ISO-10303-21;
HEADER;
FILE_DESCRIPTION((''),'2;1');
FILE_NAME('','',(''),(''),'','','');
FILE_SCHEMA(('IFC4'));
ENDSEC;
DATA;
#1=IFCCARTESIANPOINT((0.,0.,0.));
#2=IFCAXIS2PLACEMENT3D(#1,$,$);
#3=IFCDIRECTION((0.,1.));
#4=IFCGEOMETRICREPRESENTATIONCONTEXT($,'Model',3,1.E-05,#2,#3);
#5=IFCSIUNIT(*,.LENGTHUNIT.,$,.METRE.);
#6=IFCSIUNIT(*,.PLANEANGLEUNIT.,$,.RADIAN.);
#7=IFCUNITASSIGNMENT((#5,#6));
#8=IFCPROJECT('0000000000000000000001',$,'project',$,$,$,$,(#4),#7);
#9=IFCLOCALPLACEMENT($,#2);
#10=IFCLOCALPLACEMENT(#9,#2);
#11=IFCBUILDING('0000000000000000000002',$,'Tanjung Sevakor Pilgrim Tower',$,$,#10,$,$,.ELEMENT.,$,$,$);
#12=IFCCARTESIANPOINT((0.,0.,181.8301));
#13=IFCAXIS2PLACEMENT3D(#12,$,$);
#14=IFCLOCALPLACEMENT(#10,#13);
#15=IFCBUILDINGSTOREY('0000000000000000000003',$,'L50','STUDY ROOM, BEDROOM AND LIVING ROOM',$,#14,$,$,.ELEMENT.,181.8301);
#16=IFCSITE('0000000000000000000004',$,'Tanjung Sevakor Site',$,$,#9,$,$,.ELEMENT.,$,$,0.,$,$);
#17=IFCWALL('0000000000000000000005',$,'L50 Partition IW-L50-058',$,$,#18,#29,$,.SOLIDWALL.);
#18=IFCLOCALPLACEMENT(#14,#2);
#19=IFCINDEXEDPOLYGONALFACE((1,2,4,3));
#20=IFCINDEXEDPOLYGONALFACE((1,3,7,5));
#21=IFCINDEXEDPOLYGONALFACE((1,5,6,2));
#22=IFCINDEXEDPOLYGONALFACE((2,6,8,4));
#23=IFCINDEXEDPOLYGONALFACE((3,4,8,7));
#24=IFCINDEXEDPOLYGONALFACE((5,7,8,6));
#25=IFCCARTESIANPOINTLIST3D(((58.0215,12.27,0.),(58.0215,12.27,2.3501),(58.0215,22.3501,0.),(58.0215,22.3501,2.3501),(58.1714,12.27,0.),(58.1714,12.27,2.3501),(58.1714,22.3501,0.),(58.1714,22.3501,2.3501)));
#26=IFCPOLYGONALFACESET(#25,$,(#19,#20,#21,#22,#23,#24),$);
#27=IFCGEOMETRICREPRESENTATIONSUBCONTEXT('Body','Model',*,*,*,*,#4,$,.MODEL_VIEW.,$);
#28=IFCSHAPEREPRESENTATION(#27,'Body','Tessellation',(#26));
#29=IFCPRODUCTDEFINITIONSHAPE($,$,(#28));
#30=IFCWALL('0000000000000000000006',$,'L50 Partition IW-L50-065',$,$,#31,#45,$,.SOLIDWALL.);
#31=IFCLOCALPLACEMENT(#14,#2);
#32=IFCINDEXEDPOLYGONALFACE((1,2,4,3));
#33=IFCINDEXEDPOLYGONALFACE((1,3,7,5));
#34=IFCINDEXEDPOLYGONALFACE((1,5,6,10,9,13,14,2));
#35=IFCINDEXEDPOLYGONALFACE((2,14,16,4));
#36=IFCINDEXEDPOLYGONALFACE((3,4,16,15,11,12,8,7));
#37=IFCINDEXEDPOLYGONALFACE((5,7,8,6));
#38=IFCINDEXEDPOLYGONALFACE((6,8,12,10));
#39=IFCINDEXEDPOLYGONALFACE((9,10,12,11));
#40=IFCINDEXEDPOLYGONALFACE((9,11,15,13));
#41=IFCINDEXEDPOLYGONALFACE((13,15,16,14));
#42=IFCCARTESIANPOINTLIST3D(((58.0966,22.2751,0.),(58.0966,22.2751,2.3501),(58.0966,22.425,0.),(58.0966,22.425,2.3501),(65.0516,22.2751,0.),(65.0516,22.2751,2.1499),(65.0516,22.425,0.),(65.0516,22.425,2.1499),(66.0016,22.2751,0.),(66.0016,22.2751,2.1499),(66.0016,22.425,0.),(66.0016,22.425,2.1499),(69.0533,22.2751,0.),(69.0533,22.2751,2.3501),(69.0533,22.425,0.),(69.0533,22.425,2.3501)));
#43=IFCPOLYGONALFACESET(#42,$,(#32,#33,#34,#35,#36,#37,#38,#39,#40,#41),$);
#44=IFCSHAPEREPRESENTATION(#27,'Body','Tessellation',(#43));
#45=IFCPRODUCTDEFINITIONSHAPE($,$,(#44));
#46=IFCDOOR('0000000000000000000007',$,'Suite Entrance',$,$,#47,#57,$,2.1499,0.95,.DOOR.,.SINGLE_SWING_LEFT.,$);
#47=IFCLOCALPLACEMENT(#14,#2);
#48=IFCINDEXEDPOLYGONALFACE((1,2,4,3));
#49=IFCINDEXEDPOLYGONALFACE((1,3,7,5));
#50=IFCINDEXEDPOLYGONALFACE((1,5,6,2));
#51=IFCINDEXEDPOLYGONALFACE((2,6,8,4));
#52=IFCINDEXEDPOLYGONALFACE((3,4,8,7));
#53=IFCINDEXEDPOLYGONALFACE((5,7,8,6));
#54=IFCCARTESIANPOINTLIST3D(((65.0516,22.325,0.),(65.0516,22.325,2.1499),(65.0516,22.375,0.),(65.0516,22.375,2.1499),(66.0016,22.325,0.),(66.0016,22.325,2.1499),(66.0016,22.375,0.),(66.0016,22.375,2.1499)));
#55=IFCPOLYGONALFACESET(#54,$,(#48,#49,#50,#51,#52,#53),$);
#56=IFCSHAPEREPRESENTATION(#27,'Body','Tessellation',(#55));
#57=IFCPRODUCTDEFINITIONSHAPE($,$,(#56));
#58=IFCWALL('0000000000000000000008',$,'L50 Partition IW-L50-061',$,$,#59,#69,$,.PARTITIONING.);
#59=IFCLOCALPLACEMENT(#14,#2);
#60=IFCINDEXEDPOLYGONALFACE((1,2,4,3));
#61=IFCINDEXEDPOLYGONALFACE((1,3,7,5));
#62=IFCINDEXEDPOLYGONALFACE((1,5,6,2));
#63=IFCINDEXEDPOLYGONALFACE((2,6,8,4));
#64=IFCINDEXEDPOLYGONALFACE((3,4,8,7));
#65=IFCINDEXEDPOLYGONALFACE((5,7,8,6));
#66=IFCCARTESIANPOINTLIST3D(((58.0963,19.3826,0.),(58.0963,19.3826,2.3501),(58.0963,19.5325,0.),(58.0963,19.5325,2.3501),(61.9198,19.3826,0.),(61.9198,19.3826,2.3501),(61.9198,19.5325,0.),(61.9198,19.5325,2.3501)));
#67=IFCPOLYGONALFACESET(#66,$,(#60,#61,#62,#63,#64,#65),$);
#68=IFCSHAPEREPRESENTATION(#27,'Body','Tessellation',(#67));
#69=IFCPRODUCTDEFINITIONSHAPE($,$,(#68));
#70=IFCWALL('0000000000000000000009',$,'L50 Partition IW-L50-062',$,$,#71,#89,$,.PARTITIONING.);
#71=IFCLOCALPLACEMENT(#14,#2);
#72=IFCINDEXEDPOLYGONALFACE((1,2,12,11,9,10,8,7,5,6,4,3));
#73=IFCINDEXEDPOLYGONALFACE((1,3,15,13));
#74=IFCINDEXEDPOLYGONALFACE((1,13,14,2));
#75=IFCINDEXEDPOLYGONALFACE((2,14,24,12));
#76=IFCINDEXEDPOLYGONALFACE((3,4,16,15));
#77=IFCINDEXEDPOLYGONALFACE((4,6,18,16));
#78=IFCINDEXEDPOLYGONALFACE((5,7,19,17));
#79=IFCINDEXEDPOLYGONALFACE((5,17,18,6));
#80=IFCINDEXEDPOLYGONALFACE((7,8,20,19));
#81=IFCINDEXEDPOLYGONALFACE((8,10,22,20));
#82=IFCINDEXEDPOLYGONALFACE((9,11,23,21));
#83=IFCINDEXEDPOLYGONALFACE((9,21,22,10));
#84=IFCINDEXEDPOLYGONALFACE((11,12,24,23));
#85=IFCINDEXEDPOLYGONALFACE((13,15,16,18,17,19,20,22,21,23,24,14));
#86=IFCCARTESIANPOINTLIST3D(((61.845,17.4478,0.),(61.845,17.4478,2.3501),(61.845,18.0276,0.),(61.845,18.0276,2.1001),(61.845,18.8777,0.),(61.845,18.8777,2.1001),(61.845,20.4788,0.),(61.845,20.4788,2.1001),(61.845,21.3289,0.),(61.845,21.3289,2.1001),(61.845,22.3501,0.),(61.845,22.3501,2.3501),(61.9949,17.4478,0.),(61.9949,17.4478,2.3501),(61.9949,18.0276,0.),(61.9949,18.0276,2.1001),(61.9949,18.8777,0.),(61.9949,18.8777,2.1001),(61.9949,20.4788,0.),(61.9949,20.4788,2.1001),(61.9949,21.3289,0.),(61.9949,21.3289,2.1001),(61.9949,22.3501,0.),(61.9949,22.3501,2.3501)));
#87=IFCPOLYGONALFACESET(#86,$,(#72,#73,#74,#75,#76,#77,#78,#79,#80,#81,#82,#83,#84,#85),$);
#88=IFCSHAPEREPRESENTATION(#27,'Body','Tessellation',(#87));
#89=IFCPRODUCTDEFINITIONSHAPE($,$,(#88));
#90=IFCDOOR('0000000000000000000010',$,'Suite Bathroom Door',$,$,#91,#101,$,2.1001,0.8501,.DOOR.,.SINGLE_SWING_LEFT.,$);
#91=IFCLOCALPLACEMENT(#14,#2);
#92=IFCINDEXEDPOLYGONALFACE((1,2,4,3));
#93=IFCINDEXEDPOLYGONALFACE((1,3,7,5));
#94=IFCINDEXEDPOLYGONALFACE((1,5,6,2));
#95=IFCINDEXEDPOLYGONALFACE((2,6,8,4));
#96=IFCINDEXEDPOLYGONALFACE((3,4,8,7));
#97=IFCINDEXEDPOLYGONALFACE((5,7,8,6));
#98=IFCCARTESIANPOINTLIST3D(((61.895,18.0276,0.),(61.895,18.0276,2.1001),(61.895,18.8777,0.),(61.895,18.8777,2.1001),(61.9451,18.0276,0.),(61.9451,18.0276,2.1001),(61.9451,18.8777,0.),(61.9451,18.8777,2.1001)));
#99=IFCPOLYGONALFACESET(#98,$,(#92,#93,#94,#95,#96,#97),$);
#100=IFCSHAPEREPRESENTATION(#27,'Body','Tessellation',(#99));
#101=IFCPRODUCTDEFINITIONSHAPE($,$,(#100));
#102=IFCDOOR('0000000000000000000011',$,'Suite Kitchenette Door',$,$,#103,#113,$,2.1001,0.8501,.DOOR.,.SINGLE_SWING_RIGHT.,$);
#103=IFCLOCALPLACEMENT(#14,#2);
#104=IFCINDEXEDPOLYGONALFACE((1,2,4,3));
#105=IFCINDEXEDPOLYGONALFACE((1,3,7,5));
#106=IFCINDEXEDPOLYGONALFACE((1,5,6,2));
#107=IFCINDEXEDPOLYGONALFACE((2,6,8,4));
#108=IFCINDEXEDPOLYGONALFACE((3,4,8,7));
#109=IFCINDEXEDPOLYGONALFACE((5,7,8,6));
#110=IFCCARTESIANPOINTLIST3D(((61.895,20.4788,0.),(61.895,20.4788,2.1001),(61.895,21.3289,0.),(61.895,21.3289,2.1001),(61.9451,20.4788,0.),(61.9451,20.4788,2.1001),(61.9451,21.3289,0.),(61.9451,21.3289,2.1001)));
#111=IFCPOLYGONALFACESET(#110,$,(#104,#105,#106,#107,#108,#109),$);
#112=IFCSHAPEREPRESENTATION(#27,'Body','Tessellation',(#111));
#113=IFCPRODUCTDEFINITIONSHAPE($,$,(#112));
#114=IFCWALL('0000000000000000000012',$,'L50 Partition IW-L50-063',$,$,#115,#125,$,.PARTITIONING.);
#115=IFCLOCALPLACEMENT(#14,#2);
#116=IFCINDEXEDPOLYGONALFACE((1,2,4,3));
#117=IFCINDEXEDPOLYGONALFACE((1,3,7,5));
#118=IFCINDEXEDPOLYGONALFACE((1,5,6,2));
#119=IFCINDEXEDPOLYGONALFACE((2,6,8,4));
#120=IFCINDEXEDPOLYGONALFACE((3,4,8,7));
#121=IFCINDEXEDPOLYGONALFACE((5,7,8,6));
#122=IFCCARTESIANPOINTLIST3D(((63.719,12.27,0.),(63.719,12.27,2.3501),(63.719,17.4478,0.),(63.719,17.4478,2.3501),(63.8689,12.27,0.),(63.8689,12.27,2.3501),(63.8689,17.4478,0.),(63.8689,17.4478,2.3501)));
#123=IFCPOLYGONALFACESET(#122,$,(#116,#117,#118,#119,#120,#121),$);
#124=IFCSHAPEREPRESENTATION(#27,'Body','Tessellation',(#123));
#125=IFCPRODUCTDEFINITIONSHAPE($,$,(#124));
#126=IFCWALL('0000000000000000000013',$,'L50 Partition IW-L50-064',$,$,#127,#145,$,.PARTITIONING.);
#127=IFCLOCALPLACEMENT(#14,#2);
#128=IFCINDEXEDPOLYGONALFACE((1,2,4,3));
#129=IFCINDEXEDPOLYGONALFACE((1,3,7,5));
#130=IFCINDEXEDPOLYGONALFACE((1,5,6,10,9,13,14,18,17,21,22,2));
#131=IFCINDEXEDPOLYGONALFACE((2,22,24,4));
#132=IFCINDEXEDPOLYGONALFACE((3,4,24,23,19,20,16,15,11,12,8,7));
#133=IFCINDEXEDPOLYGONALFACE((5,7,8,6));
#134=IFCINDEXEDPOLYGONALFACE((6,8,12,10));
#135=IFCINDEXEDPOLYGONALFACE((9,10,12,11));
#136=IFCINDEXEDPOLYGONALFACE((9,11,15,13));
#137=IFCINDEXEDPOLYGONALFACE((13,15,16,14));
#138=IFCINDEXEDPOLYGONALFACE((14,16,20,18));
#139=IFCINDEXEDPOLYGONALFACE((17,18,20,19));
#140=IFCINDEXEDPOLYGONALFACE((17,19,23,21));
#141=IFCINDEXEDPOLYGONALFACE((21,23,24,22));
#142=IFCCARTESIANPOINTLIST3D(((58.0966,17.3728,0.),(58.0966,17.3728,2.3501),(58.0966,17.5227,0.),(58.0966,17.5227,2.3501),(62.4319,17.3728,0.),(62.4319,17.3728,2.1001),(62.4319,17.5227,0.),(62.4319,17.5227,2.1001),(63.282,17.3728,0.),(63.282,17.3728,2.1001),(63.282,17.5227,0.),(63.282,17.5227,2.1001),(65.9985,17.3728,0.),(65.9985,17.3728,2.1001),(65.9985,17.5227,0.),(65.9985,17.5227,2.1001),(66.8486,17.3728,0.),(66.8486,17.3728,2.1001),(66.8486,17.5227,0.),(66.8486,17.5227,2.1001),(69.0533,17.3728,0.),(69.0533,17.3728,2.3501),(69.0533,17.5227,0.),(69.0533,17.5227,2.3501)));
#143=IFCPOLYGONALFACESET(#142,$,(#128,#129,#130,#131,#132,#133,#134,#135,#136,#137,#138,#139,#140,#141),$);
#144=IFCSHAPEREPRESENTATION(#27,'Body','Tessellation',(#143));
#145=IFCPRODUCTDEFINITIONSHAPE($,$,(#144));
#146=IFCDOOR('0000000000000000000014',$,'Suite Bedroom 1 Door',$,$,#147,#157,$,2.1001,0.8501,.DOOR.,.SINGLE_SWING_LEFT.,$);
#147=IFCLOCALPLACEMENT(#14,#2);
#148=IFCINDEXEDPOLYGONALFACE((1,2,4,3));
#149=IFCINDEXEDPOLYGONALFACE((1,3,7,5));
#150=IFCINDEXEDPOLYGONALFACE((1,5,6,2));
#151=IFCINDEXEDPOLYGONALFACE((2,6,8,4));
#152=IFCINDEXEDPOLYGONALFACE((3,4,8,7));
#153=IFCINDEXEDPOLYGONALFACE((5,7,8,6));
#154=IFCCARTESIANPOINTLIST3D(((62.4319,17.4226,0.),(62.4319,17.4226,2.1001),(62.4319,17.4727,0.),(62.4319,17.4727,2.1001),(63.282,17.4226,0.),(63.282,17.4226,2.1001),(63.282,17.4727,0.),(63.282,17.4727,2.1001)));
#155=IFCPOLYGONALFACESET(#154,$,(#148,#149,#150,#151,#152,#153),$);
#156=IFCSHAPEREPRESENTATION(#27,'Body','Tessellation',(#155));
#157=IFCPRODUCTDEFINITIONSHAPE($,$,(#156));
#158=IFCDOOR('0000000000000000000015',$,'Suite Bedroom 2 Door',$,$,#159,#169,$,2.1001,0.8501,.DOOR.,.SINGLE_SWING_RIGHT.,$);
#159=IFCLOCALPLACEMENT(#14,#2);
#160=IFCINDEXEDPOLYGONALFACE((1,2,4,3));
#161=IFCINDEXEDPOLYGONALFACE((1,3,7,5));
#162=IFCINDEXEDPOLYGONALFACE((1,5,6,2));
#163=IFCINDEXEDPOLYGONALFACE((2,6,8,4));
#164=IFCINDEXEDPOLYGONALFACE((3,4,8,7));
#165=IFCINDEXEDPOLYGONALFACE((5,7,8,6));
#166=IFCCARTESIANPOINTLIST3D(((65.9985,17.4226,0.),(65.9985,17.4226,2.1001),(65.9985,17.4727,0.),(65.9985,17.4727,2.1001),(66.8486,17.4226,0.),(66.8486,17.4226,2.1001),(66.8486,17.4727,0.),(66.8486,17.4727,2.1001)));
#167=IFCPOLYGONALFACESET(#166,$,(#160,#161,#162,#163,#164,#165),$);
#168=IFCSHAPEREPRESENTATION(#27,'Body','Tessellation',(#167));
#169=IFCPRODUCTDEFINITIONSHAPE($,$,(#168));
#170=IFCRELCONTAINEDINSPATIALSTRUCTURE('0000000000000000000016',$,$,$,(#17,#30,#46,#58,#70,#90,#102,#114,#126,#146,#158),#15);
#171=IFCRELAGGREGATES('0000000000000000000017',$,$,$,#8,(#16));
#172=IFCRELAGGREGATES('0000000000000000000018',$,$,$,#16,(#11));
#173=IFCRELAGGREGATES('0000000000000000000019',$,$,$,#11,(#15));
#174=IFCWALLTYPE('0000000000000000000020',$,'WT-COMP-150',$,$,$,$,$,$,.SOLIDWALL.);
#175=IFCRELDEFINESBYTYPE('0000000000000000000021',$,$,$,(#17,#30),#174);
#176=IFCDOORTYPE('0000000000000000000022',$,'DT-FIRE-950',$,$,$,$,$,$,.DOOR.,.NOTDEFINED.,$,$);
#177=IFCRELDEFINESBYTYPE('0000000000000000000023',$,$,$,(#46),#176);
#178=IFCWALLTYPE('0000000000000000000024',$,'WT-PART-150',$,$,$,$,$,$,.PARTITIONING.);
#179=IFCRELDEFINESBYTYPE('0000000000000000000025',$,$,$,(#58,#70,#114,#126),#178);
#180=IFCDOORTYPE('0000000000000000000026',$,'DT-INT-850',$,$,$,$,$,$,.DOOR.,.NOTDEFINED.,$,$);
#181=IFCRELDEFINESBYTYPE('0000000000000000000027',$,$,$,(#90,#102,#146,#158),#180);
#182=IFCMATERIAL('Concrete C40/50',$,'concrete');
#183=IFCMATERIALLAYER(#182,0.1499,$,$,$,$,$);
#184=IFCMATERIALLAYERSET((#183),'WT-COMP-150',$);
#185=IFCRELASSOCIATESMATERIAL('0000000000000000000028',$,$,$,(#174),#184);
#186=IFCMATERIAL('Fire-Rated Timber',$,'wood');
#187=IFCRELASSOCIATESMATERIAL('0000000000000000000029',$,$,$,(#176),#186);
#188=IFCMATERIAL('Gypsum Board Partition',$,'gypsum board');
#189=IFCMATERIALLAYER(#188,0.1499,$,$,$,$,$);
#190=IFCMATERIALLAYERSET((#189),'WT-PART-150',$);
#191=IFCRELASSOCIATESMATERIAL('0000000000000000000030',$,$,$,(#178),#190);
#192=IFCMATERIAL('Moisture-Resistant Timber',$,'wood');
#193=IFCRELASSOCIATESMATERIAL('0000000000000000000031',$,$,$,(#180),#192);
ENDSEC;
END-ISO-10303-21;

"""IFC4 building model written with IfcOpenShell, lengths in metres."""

from ifc_helpers import new_model, si_unit, direction, frame, frame_2d, origin, place, context, subcontext, project, spatial, rectangle, extrude, material, layer, layer_set, type_object, element, fill, save


model = new_model("IFC4")

# Units and contexts
model_context = context("Model", 3, precision=1e-05, world=origin(), true_north=direction((0.0, 1.0)))
body_context = subcontext(model_context, "Body", "Model", "MODEL_VIEW")
ifc_project = project(units=[si_unit("LENGTHUNIT", "METRE"), si_unit("PLANEANGLEUNIT", "RADIAN")], contexts=[model_context])

# Site, building, storey
site_placement = place(None, origin())
site = spatial("IfcSite", under=ifc_project, at=site_placement, Name="Tanjung Sevakor Site", CompositionType="ELEMENT", RefElevation=0.0)
building_placement = place(site_placement, origin())
building = spatial("IfcBuilding", under=site, at=building_placement, Name="Tanjung Sevakor Pilgrim Tower", CompositionType="ELEMENT")
storey_placement = place(building_placement, frame((0.0, 0.0, 181.8301)))
storey = spatial("IfcBuildingStorey", under=building, at=storey_placement, Name="L50", Description="STUDY ROOM, BEDROOM AND LIVING ROOM", CompositionType="ELEMENT", Elevation=181.8301)

# Wall
ifc_material_1 = material(Name="Concrete C40/50", Category="concrete")
ifc_layer_1 = layer(ifc_material_1, 0.1499)
ifc_layer_set_1 = layer_set([ifc_layer_1], Name="WT-COMP-150")
wall_type_1 = type_object("IfcWallType", Name="WT-COMP-150", PredefinedType="SOLIDWALL", material=ifc_layer_set_1)
wall_1_placement = place(storey_placement, frame((58.0964, 12.27, 0.0), z_axis=(0.0, 0.0, 1.0), x_axis=(0.0, 1.0, 0.0)))
element("IfcWall", 1, at=wall_1_placement, inside=storey, type_object=wall_type_1, Name="L50 Partition IW-L50-058", PredefinedType="SOLIDWALL", context=body_context, shape_type="SweptSolid", body=[
    extrude(rectangle(XDim=10.0801, YDim=0.1499, at=frame_2d((5.04, 0.0))), origin(), (0.0, 0.0, 1.0), 2.3501),
])

# Wall, opening, door
wall_2_placement = place(storey_placement, frame((58.0964, 22.3501, 0.0), z_axis=(0.0, 0.0, 1.0), x_axis=(1.0, 0.0, 0.0)))
wall_2 = element("IfcWall", 2, at=wall_2_placement, inside=storey, type_object=wall_type_1, Name="L50 Partition IW-L50-065", PredefinedType="SOLIDWALL", context=body_context, shape_type="SweptSolid", body=[
    extrude(rectangle(XDim=10.9568, YDim=0.1499, at=frame_2d((5.4785, 0.0))), origin(), (0.0, 0.0, 1.0), 2.3501),
])
opening_1_placement = place(wall_2_placement, frame((6.9551, 0.0, 0.0)))
opening_1 = element("IfcOpeningElement", 3, at=opening_1_placement, cuts=wall_2, PredefinedType="OPENING", context=body_context, shape_type="SweptSolid", body=[
    extrude(rectangle(XDim=0.95, YDim=2.1499, at=frame_2d((0.4751, 1.075))), frame((0.0, 0.085, 0.0), z_axis=(0.0, -1.0, 0.0), x_axis=(1.0, 0.0, 0.0)), (0.0, 0.0, 1.0), 0.1699),
])
ifc_material_2 = material(Name="Fire-Rated Timber", Category="wood")
door_type_1 = type_object("IfcDoorType", Name="DT-FIRE-950", OperationType="NOTDEFINED", PredefinedType="DOOR", material=ifc_material_2)
door_1_placement = place(opening_1_placement, origin())
door_1 = element("IfcDoor", 4, at=door_1_placement, inside=storey, type_object=door_type_1, Name="Suite Entrance", OperationType="SINGLE_SWING_LEFT", OverallHeight=2.1499, OverallWidth=0.95, PredefinedType="DOOR", context=body_context, shape_type="SweptSolid", body=[
    extrude(rectangle(XDim=0.95, YDim=2.1499, at=frame_2d((0.4751, 1.075))), frame((0.0, 0.0249, 0.0), z_axis=(0.0, -1.0, 0.0), x_axis=(1.0, 0.0, 0.0)), (0.0, 0.0, 1.0), 0.05),
])
fill(opening_1, door_1)

# Wall
ifc_material_3 = material(Name="Gypsum Board Partition", Category="gypsum board")
ifc_layer_2 = layer(ifc_material_3, 0.1499)
ifc_layer_set_2 = layer_set([ifc_layer_2], Name="WT-PART-150")
wall_type_2 = type_object("IfcWallType", Name="WT-PART-150", PredefinedType="PARTITIONING", material=ifc_layer_set_2)
wall_3_placement = place(storey_placement, frame((58.0964, 19.4575, 0.0), z_axis=(0.0, 0.0, 1.0), x_axis=(1.0, 0.0, 0.0)))
element("IfcWall", 5, at=wall_3_placement, inside=storey, type_object=wall_type_2, Name="L50 Partition IW-L50-061", PredefinedType="PARTITIONING", context=body_context, shape_type="SweptSolid", body=[
    extrude(rectangle(XDim=3.8235, YDim=0.1499, at=frame_2d((1.9116, 0.0))), origin(), (0.0, 0.0, 1.0), 2.3501),
])

# Wall, openings, doors
wall_4_placement = place(storey_placement, frame((61.9199, 17.4478, 0.0), z_axis=(0.0, 0.0, 1.0), x_axis=(0.0, 1.0, 0.0)))
wall_4 = element("IfcWall", 6, at=wall_4_placement, inside=storey, type_object=wall_type_2, Name="L50 Partition IW-L50-062", PredefinedType="PARTITIONING", context=body_context, shape_type="SweptSolid", body=[
    extrude(rectangle(XDim=4.9023, YDim=0.1499, at=frame_2d((2.4512, 0.0))), origin(), (0.0, 0.0, 1.0), 2.3501),
])
opening_2_placement = place(wall_4_placement, frame((0.5798, 0.0, 0.0)))
opening_2 = element("IfcOpeningElement", 7, at=opening_2_placement, cuts=wall_4, PredefinedType="OPENING", context=body_context, shape_type="SweptSolid", body=[
    extrude(rectangle(XDim=0.8501, YDim=2.1001, at=frame_2d((0.425, 1.05))), frame((0.0, 0.085, 0.0), z_axis=(0.0, -1.0, 0.0), x_axis=(1.0, 0.0, 0.0)), (0.0, 0.0, 1.0), 0.1699),
])
opening_3_placement = place(wall_4_placement, frame((3.031, 0.0, 0.0)))
opening_3 = element("IfcOpeningElement", 8, at=opening_3_placement, cuts=wall_4, PredefinedType="OPENING", context=body_context, shape_type="SweptSolid", body=[
    extrude(rectangle(XDim=0.8501, YDim=2.1001, at=frame_2d((0.425, 1.05))), frame((0.0, 0.085, 0.0), z_axis=(0.0, -1.0, 0.0), x_axis=(1.0, 0.0, 0.0)), (0.0, 0.0, 1.0), 0.1699),
])
ifc_material_4 = material(Name="Moisture-Resistant Timber", Category="wood")
door_type_2 = type_object("IfcDoorType", Name="DT-INT-850", OperationType="NOTDEFINED", PredefinedType="DOOR", material=ifc_material_4)
door_2_placement = place(opening_2_placement, origin())
door_2 = element("IfcDoor", 9, at=door_2_placement, inside=storey, type_object=door_type_2, Name="Suite Bathroom Door", OperationType="SINGLE_SWING_LEFT", OverallHeight=2.1001, OverallWidth=0.8501, PredefinedType="DOOR", context=body_context, shape_type="SweptSolid", body=[
    extrude(rectangle(XDim=0.8501, YDim=2.1001, at=frame_2d((0.425, 1.05))), frame((0.0, 0.0249, 0.0), z_axis=(0.0, -1.0, 0.0), x_axis=(1.0, 0.0, 0.0)), (0.0, 0.0, 1.0), 0.05),
])
fill(opening_2, door_2)
door_3_placement = place(opening_3_placement, origin())
door_3 = element("IfcDoor", 10, at=door_3_placement, inside=storey, type_object=door_type_2, Name="Suite Kitchenette Door", OperationType="SINGLE_SWING_RIGHT", OverallHeight=2.1001, OverallWidth=0.8501, PredefinedType="DOOR", context=body_context, shape_type="SweptSolid", body=[
    extrude(rectangle(XDim=0.8501, YDim=2.1001, at=frame_2d((0.425, 1.05))), frame((0.0, 0.0249, 0.0), z_axis=(0.0, -1.0, 0.0), x_axis=(1.0, 0.0, 0.0)), (0.0, 0.0, 1.0), 0.05),
])
fill(opening_3, door_3)

# Wall
wall_5_placement = place(storey_placement, frame((63.7939, 12.27, 0.0), z_axis=(0.0, 0.0, 1.0), x_axis=(0.0, 1.0, 0.0)))
element("IfcWall", 11, at=wall_5_placement, inside=storey, type_object=wall_type_2, Name="L50 Partition IW-L50-063", PredefinedType="PARTITIONING", context=body_context, shape_type="SweptSolid", body=[
    extrude(rectangle(XDim=5.1777, YDim=0.1499, at=frame_2d((2.5889, 0.0))), origin(), (0.0, 0.0, 1.0), 2.3501),
])

# Wall, openings, doors
wall_6_placement = place(storey_placement, frame((58.0964, 17.4478, 0.0), z_axis=(0.0, 0.0, 1.0), x_axis=(1.0, 0.0, 0.0)))
wall_6 = element("IfcWall", 12, at=wall_6_placement, inside=storey, type_object=wall_type_2, Name="L50 Partition IW-L50-064", PredefinedType="PARTITIONING", context=body_context, shape_type="SweptSolid", body=[
    extrude(rectangle(XDim=10.9568, YDim=0.1499, at=frame_2d((5.4785, 0.0))), origin(), (0.0, 0.0, 1.0), 2.3501),
])
opening_4_placement = place(wall_6_placement, frame((4.3354, 0.0, 0.0)))
opening_4 = element("IfcOpeningElement", 13, at=opening_4_placement, cuts=wall_6, PredefinedType="OPENING", context=body_context, shape_type="SweptSolid", body=[
    extrude(rectangle(XDim=0.8501, YDim=2.1001, at=frame_2d((0.425, 1.05))), frame((0.0, 0.085, 0.0), z_axis=(0.0, -1.0, 0.0), x_axis=(1.0, 0.0, 0.0)), (0.0, 0.0, 1.0), 0.1699),
])
opening_5_placement = place(wall_6_placement, frame((7.9021, 0.0, 0.0)))
opening_5 = element("IfcOpeningElement", 14, at=opening_5_placement, cuts=wall_6, PredefinedType="OPENING", context=body_context, shape_type="SweptSolid", body=[
    extrude(rectangle(XDim=0.8501, YDim=2.1001, at=frame_2d((0.425, 1.05))), frame((0.0, 0.085, 0.0), z_axis=(0.0, -1.0, 0.0), x_axis=(1.0, 0.0, 0.0)), (0.0, 0.0, 1.0), 0.1699),
])
door_4_placement = place(opening_4_placement, origin())
door_4 = element("IfcDoor", 15, at=door_4_placement, inside=storey, type_object=door_type_2, Name="Suite Bedroom 1 Door", OperationType="SINGLE_SWING_LEFT", OverallHeight=2.1001, OverallWidth=0.8501, PredefinedType="DOOR", context=body_context, shape_type="SweptSolid", body=[
    extrude(rectangle(XDim=0.8501, YDim=2.1001, at=frame_2d((0.425, 1.05))), frame((0.0, 0.0249, 0.0), z_axis=(0.0, -1.0, 0.0), x_axis=(1.0, 0.0, 0.0)), (0.0, 0.0, 1.0), 0.05),
])
fill(opening_4, door_4)
door_5_placement = place(opening_5_placement, origin())
door_5 = element("IfcDoor", 16, at=door_5_placement, inside=storey, type_object=door_type_2, Name="Suite Bedroom 2 Door", OperationType="SINGLE_SWING_RIGHT", OverallHeight=2.1001, OverallWidth=0.8501, PredefinedType="DOOR", context=body_context, shape_type="SweptSolid", body=[
    extrude(rectangle(XDim=0.8501, YDim=2.1001, at=frame_2d((0.425, 1.05))), frame((0.0, 0.0249, 0.0), z_axis=(0.0, -1.0, 0.0), x_axis=(1.0, 0.0, 0.0)), (0.0, 0.0, 1.0), 0.05),
])
fill(opening_5, door_5)

save(model, "model.ifc")
